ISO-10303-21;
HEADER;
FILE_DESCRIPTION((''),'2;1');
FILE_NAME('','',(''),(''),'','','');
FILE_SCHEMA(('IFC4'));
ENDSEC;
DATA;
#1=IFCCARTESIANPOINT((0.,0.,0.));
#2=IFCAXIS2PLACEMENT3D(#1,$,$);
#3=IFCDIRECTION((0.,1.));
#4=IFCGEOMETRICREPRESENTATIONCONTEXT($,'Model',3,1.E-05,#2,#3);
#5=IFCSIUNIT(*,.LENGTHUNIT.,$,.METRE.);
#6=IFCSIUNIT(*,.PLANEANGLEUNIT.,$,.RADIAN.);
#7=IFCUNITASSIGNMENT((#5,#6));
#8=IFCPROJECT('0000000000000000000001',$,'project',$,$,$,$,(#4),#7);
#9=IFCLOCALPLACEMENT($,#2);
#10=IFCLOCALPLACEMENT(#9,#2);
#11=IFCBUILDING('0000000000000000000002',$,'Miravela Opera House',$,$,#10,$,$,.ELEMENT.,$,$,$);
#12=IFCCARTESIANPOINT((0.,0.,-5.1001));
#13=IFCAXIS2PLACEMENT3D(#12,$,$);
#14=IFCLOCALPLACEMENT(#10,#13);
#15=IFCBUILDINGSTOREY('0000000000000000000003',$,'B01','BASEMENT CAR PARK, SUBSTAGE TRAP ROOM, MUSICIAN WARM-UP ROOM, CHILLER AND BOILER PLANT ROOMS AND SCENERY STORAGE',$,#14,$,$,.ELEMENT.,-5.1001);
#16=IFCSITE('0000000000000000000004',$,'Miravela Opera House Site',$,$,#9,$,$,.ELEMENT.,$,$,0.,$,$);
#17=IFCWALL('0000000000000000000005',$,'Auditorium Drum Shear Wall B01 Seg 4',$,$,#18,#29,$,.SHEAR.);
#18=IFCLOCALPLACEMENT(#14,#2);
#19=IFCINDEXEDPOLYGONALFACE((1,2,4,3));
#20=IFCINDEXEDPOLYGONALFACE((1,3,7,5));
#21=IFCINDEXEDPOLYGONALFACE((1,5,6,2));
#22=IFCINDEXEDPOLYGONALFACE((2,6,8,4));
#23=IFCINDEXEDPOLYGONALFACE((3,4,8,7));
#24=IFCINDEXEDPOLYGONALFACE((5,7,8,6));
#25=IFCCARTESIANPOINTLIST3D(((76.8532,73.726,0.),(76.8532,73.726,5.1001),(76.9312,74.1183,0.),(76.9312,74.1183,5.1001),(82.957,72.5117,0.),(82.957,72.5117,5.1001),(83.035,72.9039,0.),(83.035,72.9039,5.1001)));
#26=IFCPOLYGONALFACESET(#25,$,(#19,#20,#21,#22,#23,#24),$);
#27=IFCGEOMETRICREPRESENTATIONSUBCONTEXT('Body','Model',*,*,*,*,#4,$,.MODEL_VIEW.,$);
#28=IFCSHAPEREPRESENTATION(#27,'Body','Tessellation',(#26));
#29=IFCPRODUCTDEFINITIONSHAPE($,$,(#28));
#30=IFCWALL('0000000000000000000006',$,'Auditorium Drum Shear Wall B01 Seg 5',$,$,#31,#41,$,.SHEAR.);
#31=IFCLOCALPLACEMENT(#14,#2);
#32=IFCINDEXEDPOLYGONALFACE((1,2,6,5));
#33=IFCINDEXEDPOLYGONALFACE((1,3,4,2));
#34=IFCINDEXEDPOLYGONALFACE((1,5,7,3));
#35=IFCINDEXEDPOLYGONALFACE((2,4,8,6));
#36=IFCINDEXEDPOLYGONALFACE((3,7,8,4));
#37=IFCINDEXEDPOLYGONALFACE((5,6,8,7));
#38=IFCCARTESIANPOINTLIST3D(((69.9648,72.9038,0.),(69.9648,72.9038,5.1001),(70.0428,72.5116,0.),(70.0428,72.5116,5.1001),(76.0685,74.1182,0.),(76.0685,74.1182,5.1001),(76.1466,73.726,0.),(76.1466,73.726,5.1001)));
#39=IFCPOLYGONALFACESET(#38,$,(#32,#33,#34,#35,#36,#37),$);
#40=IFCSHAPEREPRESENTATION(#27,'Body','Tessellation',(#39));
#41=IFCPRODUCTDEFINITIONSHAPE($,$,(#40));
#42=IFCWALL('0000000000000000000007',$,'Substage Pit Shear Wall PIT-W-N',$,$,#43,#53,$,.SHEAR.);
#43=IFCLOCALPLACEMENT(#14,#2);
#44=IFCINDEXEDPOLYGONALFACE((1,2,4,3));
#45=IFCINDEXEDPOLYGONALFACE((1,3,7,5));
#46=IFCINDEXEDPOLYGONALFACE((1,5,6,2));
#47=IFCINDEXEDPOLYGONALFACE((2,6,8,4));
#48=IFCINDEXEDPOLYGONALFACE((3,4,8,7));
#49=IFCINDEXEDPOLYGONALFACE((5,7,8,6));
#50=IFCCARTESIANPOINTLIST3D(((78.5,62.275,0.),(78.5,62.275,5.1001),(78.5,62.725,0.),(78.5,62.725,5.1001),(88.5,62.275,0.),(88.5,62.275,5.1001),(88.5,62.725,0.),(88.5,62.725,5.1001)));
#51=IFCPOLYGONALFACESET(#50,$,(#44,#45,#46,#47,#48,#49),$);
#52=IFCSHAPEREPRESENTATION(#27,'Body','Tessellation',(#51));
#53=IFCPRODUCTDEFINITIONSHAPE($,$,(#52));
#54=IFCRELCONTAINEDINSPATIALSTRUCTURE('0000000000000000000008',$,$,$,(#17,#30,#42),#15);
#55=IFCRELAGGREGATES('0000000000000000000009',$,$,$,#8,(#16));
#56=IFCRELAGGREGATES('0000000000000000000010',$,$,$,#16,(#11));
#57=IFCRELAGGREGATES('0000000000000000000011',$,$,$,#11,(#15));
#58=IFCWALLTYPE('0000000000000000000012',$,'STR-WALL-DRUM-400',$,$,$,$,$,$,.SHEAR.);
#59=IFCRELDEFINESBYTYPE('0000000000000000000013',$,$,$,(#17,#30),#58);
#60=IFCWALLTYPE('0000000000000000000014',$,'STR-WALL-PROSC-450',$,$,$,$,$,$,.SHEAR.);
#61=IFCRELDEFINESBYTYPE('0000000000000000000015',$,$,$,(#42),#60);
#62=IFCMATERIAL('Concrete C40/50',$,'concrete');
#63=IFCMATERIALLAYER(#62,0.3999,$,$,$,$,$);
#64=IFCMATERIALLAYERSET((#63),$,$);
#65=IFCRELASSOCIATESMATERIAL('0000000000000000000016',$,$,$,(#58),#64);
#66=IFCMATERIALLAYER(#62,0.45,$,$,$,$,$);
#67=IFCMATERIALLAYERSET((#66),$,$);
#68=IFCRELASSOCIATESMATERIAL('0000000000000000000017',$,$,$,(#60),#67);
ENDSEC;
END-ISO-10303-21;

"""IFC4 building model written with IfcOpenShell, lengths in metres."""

from ifc_helpers import new_model, si_unit, direction, frame, frame_2d, origin, place, context, subcontext, project, spatial, rectangle, extrude, material, layer, layer_set, type_object, element, save


model = new_model("IFC4")

# Units and contexts
model_context = context("Model", 3, precision=1e-05, world=origin(), true_north=direction((0.0, 1.0)))
body_context = subcontext(model_context, "Body", "Model", "MODEL_VIEW")
ifc_project = project(units=[si_unit("LENGTHUNIT", "METRE"), si_unit("PLANEANGLEUNIT", "RADIAN")], contexts=[model_context])

# Site, building, storey
site_placement = place(None, origin())
site = spatial("IfcSite", under=ifc_project, at=site_placement, Name="Miravela Opera House Site", CompositionType="ELEMENT", RefElevation=0.0)
building_placement = place(site_placement, origin())
building = spatial("IfcBuilding", under=site, at=building_placement, Name="Miravela Opera House", CompositionType="ELEMENT")
storey_placement = place(building_placement, frame((0.0, 0.0, -5.1001)))
storey = spatial("IfcBuildingStorey", under=building, at=storey_placement, Name="B01", Description="BASEMENT CAR PARK, SUBSTAGE TRAP ROOM, MUSICIAN WARM-UP ROOM, CHILLER AND BOILER PLANT ROOMS AND SCENERY STORAGE", CompositionType="ELEMENT", Elevation=-5.1001)

# Shared definitions
ifc_material_1 = material(Name="Concrete C40/50", Category="concrete")

# Walls
ifc_layer_1 = layer(ifc_material_1, 0.3999)
ifc_layer_set_1 = layer_set([ifc_layer_1])
wall_type_1 = type_object("IfcWallType", Name="STR-WALL-DRUM-400", PredefinedType="SHEAR", material=ifc_layer_set_1)
for number, where, z_axis, x_axis, name in (
    (1, (82.9961, 72.7078, 0.0), (0.0, 0.0, 1.0), (-0.980778, 0.195128, 0.0), "Auditorium Drum Shear Wall B01 Seg 4"),
    (2, (76.1077, 73.9221, 0.0), (0.0, 0.0, 1.0), (-0.980778, -0.195128, 0.0), "Auditorium Drum Shear Wall B01 Seg 5"),
):
    element("IfcWall", number, at=place(storey_placement, frame(where, z_axis=z_axis, x_axis=x_axis)), inside=storey, type_object=wall_type_1, Name=name, PredefinedType="SHEAR", context=body_context, shape_type="SweptSolid", body=[
        extrude(rectangle(XDim=6.2234, YDim=0.3999, at=frame_2d((3.1118, 0.0))), origin(), (0.0, 0.0, 1.0), 5.1001),
    ])
ifc_layer_2 = layer(ifc_material_1, 0.45)
ifc_layer_set_2 = layer_set([ifc_layer_2])
wall_type_2 = type_object("IfcWallType", Name="STR-WALL-PROSC-450", PredefinedType="SHEAR", material=ifc_layer_set_2)
wall_1_placement = place(storey_placement, frame((78.5, 62.5, 0.0), z_axis=(0.0, 0.0, 1.0), x_axis=(1.0, 0.0, 0.0)))
element("IfcWall", 3, at=wall_1_placement, inside=storey, type_object=wall_type_2, Name="Substage Pit Shear Wall PIT-W-N", PredefinedType="SHEAR", context=body_context, shape_type="SweptSolid", body=[
    extrude(rectangle(XDim=10.0, YDim=0.45, at=frame_2d((5.0, 0.0))), origin(), (0.0, 0.0, 1.0), 5.1001),
])

save(model, "model.ifc")
